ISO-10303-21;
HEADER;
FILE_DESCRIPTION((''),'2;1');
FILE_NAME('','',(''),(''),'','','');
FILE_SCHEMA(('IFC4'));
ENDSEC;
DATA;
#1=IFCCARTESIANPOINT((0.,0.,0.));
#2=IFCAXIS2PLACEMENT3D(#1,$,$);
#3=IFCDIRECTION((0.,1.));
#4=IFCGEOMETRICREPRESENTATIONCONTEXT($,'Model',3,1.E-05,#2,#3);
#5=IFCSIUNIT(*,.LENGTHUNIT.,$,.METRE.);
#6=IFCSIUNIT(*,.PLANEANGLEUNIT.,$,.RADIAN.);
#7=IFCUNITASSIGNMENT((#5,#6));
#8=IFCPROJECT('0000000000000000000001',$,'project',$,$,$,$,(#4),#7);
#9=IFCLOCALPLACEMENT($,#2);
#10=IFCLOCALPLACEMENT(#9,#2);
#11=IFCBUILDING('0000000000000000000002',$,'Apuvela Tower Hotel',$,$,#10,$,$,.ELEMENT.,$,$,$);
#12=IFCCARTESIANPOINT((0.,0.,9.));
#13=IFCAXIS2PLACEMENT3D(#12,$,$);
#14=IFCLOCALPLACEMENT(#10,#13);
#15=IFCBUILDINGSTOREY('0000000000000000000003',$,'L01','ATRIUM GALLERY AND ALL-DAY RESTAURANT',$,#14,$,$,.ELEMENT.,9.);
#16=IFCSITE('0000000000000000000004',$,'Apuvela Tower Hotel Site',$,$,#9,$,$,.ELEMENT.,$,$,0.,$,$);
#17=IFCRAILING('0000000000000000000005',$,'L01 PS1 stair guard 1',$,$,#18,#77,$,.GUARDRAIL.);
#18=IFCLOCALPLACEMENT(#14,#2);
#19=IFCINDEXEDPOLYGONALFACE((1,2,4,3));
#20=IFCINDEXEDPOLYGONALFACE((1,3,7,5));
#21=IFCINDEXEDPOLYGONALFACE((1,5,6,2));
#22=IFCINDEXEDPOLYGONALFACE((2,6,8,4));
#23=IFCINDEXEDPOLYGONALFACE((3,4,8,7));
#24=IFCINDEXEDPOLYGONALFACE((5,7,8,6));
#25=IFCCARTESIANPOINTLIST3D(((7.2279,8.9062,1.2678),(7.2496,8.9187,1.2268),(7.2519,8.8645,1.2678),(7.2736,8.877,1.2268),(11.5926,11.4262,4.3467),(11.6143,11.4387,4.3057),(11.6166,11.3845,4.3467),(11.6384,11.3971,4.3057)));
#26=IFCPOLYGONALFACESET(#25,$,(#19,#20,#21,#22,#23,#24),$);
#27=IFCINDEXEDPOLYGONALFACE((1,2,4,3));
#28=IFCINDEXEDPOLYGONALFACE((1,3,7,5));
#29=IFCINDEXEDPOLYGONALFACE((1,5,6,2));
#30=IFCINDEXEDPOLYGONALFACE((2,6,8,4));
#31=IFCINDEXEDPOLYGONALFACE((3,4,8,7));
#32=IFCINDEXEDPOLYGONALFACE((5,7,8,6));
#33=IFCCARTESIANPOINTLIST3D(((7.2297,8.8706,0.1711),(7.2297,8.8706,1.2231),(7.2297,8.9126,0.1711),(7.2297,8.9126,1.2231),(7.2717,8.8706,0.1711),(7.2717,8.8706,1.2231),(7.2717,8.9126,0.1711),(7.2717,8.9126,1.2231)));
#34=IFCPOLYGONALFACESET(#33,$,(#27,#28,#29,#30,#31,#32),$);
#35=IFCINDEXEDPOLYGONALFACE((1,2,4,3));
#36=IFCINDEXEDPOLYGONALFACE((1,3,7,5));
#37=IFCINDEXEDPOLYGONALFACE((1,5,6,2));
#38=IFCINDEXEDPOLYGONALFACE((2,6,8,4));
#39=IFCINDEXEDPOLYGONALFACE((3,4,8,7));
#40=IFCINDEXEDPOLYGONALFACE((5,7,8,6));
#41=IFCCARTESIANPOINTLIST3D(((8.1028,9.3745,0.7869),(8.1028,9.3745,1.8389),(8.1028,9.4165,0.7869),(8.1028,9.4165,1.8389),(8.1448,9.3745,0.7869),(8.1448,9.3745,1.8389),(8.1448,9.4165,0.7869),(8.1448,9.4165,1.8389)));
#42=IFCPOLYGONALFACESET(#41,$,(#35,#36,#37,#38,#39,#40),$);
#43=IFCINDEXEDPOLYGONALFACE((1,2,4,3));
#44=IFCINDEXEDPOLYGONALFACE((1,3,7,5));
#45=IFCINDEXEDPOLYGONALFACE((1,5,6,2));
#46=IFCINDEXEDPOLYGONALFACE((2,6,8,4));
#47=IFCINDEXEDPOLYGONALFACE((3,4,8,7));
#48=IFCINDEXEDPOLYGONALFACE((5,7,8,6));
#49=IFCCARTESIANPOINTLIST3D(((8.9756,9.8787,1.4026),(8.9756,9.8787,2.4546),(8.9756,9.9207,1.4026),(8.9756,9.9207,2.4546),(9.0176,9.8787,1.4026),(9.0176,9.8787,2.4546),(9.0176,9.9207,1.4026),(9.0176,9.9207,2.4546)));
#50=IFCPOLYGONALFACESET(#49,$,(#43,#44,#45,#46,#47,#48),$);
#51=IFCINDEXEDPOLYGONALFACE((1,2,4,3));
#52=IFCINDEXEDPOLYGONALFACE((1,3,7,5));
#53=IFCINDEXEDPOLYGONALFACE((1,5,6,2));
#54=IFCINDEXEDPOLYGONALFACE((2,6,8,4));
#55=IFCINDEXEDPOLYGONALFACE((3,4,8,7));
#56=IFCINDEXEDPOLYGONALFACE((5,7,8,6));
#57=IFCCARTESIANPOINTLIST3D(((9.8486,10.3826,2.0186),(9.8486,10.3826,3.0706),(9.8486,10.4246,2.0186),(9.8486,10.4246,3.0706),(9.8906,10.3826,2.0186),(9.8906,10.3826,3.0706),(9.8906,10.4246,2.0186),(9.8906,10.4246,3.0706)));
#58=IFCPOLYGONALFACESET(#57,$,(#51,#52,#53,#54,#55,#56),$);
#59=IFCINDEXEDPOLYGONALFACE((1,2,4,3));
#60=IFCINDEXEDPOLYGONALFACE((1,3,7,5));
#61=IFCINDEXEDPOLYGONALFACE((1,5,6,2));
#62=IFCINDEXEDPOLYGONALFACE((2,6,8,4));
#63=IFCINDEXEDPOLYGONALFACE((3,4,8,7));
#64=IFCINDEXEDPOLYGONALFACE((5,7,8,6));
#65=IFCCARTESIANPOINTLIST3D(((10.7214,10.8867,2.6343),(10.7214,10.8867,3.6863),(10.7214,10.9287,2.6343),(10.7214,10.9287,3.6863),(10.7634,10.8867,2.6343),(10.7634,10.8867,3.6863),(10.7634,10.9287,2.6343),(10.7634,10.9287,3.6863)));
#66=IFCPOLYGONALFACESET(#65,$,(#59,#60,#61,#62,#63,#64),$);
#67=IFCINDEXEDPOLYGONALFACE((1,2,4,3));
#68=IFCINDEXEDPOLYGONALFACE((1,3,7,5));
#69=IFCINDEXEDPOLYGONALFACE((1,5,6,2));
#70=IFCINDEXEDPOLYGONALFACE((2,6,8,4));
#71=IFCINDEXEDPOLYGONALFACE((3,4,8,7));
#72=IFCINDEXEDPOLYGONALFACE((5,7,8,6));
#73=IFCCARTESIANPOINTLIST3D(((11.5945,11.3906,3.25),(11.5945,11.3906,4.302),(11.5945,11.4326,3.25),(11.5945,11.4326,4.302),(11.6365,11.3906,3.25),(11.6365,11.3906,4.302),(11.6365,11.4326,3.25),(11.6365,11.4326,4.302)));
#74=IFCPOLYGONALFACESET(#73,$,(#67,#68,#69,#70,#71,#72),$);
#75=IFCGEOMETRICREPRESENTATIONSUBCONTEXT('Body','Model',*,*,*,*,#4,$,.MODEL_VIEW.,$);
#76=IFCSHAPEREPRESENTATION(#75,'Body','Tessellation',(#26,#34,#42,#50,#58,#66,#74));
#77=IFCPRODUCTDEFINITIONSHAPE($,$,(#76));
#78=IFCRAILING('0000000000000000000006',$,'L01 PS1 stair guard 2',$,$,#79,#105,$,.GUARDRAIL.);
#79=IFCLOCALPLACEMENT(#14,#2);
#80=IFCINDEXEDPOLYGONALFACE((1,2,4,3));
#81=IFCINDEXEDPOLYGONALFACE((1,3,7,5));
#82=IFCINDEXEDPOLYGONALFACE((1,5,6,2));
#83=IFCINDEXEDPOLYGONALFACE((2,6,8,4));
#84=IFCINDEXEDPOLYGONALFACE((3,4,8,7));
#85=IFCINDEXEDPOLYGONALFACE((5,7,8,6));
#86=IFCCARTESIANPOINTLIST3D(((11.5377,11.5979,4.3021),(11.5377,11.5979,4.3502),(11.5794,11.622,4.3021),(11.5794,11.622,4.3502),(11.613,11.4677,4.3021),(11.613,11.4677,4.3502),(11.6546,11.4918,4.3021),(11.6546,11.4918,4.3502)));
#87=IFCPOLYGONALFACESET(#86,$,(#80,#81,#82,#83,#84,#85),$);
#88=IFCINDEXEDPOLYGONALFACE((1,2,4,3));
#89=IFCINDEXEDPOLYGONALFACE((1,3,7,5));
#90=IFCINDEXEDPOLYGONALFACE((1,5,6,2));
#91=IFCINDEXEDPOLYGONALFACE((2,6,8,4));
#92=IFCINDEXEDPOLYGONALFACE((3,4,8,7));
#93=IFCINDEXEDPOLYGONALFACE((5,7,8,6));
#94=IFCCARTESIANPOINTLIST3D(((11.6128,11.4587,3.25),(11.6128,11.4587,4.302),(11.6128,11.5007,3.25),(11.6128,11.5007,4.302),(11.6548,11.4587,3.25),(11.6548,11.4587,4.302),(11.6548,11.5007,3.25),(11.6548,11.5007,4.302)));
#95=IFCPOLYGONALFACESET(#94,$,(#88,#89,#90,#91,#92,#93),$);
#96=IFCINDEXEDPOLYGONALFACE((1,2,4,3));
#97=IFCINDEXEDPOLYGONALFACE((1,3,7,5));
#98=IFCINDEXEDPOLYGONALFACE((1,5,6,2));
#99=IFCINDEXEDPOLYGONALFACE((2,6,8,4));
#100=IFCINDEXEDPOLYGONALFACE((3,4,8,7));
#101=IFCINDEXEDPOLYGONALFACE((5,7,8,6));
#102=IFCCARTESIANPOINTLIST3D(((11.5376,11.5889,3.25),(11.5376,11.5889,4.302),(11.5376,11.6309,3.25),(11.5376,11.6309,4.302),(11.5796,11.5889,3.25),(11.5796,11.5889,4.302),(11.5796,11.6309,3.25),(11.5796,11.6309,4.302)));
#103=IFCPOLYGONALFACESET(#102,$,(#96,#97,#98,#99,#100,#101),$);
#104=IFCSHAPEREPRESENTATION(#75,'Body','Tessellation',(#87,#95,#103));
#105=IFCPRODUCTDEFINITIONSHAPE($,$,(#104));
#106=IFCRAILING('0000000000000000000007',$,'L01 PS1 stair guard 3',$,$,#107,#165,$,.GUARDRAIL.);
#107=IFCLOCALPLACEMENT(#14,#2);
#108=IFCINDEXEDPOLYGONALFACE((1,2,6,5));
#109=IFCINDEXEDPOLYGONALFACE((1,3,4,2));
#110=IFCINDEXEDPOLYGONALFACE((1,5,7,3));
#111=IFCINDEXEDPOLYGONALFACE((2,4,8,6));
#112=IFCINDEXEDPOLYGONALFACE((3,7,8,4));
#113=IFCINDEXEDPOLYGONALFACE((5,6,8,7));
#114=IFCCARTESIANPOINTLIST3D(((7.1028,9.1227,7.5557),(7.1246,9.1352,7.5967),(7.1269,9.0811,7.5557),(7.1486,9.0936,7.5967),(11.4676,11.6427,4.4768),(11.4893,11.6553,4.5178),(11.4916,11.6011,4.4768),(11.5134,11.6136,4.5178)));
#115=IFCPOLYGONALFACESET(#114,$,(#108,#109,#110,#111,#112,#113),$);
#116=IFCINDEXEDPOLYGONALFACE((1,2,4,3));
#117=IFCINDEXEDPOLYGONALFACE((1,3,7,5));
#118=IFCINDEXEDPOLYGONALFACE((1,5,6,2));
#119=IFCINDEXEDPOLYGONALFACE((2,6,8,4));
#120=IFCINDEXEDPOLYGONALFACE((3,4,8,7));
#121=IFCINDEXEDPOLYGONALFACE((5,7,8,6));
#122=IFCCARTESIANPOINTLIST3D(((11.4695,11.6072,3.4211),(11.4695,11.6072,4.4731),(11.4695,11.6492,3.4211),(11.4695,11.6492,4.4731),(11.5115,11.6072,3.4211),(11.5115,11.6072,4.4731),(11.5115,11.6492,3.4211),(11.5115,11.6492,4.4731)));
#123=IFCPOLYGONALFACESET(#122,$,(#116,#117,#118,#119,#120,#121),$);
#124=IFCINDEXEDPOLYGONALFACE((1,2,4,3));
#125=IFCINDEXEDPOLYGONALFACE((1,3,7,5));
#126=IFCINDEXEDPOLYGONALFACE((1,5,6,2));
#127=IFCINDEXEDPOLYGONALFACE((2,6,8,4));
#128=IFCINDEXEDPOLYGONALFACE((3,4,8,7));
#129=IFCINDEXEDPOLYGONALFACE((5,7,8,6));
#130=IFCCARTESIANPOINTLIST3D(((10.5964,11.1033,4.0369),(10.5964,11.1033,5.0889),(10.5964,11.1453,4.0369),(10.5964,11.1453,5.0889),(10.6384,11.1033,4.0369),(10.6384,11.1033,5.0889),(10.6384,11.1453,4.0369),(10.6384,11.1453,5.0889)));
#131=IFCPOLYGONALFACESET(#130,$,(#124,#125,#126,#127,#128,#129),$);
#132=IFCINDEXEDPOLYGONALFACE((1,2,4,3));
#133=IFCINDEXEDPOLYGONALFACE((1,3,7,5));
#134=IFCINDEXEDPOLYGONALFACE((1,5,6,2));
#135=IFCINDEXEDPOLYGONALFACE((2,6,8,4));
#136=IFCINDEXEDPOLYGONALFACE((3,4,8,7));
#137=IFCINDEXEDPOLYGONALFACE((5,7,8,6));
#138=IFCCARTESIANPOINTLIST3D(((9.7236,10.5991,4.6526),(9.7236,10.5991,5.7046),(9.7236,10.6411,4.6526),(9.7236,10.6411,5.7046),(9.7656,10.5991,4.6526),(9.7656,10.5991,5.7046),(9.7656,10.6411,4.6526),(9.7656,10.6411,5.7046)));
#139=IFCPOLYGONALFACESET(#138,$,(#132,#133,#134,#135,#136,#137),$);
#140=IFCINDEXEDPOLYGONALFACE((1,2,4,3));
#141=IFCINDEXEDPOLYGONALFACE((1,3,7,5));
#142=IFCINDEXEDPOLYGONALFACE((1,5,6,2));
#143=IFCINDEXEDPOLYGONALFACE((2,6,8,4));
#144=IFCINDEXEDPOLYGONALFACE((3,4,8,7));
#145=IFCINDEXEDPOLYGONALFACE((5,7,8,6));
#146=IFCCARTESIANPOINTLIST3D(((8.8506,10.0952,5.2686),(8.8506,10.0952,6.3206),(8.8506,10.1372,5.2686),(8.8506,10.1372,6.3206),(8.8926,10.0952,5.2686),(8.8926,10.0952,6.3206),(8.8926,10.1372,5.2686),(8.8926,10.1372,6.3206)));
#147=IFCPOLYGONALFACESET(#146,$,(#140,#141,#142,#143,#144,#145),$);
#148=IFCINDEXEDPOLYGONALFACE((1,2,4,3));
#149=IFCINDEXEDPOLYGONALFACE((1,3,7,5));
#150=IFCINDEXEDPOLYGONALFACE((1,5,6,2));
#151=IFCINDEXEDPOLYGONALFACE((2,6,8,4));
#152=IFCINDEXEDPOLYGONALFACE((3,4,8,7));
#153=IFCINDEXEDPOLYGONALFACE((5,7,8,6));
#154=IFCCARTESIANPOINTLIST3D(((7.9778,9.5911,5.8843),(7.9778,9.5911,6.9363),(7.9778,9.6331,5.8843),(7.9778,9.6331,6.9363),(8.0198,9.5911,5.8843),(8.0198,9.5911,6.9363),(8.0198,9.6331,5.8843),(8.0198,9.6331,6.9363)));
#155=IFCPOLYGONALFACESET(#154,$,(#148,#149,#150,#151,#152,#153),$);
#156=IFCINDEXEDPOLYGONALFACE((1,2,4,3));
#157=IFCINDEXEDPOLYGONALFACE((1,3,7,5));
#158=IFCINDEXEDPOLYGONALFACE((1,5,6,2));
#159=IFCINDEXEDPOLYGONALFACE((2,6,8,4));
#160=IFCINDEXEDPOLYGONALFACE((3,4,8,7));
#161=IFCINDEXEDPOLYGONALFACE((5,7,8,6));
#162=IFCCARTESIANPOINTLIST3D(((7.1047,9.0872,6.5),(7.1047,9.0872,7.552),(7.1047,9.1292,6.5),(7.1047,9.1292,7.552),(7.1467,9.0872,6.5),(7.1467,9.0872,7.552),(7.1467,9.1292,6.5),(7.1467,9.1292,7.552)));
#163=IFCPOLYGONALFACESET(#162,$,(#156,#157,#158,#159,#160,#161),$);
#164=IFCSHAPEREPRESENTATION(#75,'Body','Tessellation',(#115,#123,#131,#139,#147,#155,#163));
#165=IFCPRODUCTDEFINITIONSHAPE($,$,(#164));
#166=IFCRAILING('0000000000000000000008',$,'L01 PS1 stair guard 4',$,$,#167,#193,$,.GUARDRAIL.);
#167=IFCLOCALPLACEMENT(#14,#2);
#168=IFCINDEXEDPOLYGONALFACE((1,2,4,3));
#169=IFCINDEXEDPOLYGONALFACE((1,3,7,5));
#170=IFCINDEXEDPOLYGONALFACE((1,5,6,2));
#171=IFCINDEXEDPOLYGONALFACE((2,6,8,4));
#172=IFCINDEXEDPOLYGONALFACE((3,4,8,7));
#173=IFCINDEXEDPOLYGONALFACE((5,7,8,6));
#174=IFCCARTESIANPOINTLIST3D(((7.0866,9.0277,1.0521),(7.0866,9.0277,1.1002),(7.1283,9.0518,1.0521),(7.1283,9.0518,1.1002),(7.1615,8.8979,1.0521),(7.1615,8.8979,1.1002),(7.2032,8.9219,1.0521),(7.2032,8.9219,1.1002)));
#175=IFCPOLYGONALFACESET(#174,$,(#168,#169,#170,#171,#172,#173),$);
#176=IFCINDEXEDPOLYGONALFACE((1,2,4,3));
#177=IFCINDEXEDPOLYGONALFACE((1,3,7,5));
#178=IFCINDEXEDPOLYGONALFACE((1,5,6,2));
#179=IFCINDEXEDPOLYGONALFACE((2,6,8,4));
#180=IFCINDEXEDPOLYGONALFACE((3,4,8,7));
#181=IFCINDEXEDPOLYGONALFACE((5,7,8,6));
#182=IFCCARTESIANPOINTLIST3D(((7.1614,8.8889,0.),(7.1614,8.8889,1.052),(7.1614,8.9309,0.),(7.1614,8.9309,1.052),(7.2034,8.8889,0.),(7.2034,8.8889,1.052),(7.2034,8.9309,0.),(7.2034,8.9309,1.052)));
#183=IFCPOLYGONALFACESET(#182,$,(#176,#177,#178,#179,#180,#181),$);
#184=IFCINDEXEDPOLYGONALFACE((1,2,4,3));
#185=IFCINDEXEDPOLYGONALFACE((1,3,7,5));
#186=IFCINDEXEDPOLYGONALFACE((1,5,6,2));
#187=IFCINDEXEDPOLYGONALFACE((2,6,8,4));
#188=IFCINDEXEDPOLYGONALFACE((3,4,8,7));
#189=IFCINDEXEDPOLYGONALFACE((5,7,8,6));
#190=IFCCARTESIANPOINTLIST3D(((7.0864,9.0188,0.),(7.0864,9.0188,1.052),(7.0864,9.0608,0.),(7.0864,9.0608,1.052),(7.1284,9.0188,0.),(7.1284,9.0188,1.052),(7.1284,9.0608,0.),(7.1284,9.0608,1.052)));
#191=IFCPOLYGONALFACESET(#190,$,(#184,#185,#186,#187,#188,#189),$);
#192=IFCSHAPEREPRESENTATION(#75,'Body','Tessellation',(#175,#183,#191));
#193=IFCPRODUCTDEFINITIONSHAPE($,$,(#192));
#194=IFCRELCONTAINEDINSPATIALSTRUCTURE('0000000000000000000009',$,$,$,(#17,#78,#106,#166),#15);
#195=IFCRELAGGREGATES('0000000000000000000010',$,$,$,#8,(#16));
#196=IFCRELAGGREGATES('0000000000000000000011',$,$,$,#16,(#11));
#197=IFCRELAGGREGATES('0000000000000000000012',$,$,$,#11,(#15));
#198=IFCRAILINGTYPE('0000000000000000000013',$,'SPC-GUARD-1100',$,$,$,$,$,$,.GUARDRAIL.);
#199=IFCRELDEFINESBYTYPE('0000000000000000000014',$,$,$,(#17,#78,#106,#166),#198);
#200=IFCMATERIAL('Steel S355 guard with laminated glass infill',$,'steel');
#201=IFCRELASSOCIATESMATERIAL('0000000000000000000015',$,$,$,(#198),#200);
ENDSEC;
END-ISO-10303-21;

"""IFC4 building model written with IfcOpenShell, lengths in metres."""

from ifc_helpers import new_model, si_unit, direction, frame, origin, origin_2d, place, context, subcontext, project, spatial, rectangle, extrude, material, type_object, element, save


model = new_model("IFC4")

# Units and contexts
model_context = context("Model", 3, precision=1e-05, world=origin(), true_north=direction((0.0, 1.0)))
body_context = subcontext(model_context, "Body", "Model", "MODEL_VIEW")
ifc_project = project(units=[si_unit("LENGTHUNIT", "METRE"), si_unit("PLANEANGLEUNIT", "RADIAN")], contexts=[model_context])

# Site, building, storey
site_placement = place(None, origin())
site = spatial("IfcSite", under=ifc_project, at=site_placement, Name="Apuvela Tower Hotel Site", CompositionType="ELEMENT", RefElevation=0.0)
building_placement = place(site_placement, origin())
building = spatial("IfcBuilding", under=site, at=building_placement, Name="Apuvela Tower Hotel", CompositionType="ELEMENT")
storey_placement = place(building_placement, frame((0.0, 0.0, 9.0)))
storey = spatial("IfcBuildingStorey", under=building, at=storey_placement, Name="L01", Description="ATRIUM GALLERY AND ALL-DAY RESTAURANT", CompositionType="ELEMENT", Elevation=9.0)

# Railings
ifc_material_1 = material(Name="Steel S355 guard with laminated glass infill", Category="steel")
railing_type_1 = type_object("IfcRailingType", Name="SPC-GUARD-1100", PredefinedType="GUARDRAIL", material=ifc_material_1)
railing_1_placement = place(storey_placement, frame((7.2507, 8.8916, 0.1711)))
element("IfcRailing", 1, at=railing_1_placement, inside=storey, type_object=railing_type_1, Name="L01 PS1 stair guard 1", PredefinedType="GUARDRAIL", context=body_context, shape_type="SweptSolid", body=[
    extrude(rectangle(XDim=0.0481, YDim=0.0481, at=origin_2d()), frame((0.0, 0.0, 1.0762), z_axis=(0.739036, 0.426688, 0.52131), x_axis=(-0.500005, 0.866023, 0.0)), (0.0, 0.0, 1.0), 5.906),
    extrude(rectangle(XDim=0.042, YDim=0.042, at=origin_2d()), origin(), (0.0, 0.0, 1.0), 1.052),
    extrude(rectangle(XDim=0.042, YDim=0.042, at=origin_2d()), frame((0.873, 0.5039, 0.6157)), (0.0, 0.0, 1.0), 1.052),
    extrude(rectangle(XDim=0.042, YDim=0.042, at=origin_2d()), frame((1.7458, 1.0081, 1.2314)), (0.0, 0.0, 1.0), 1.052),
    extrude(rectangle(XDim=0.042, YDim=0.042, at=origin_2d()), frame((2.6189, 1.512, 1.8474)), (0.0, 0.0, 1.0), 1.052),
    extrude(rectangle(XDim=0.042, YDim=0.042, at=origin_2d()), frame((3.4917, 2.0161, 2.4631)), (0.0, 0.0, 1.0), 1.052),
    extrude(rectangle(XDim=0.042, YDim=0.042, at=origin_2d()), frame((4.3647, 2.52, 3.0789)), (0.0, 0.0, 1.0), 1.052),
])
railing_2_placement = place(storey_placement, frame((11.6338, 11.4797, 3.25)))
element("IfcRailing", 2, at=railing_2_placement, inside=storey, type_object=railing_type_1, Name="L01 PS1 stair guard 2", PredefinedType="GUARDRAIL", context=body_context, shape_type="SweptSolid", body=[
    extrude(rectangle(XDim=0.0481, YDim=0.0481, at=origin_2d()), frame((0.0, 0.0, 1.0762), z_axis=(-0.500332, 0.865834, 0.0), x_axis=(-0.865834, -0.500332, 0.0)), (0.0, 0.0, 1.0), 0.1504),
    extrude(rectangle(XDim=0.042, YDim=0.042, at=origin_2d()), origin(), (0.0, 0.0, 1.0), 1.052),
    extrude(rectangle(XDim=0.042, YDim=0.042, at=origin_2d()), frame((-0.0752, 0.1301, 0.0)), (0.0, 0.0, 1.0), 1.052),
])
railing_3_placement = place(storey_placement, frame((11.4905, 11.6282, 3.4211)))
element("IfcRailing", 3, at=railing_3_placement, inside=storey, type_object=railing_type_1, Name="L01 PS1 stair guard 3", PredefinedType="GUARDRAIL", context=body_context, shape_type="SweptSolid", body=[
    extrude(rectangle(XDim=0.0481, YDim=0.0481, at=origin_2d()), frame((0.0, 0.0, 1.0762), z_axis=(-0.739036, -0.426688, 0.52131), x_axis=(0.500005, -0.866023, 0.0)), (0.0, 0.0, 1.0), 5.906),
    extrude(rectangle(XDim=0.042, YDim=0.042, at=origin_2d()), origin(), (0.0, 0.0, 1.0), 1.052),
    extrude(rectangle(XDim=0.042, YDim=0.042, at=origin_2d()), frame((-0.873, -0.5039, 0.6157)), (0.0, 0.0, 1.0), 1.052),
    extrude(rectangle(XDim=0.042, YDim=0.042, at=origin_2d()), frame((-1.7458, -1.0081, 1.2314)), (0.0, 0.0, 1.0), 1.052),
    extrude(rectangle(XDim=0.042, YDim=0.042, at=origin_2d()), frame((-2.6189, -1.512, 1.8474)), (0.0, 0.0, 1.0), 1.052),
    extrude(rectangle(XDim=0.042, YDim=0.042, at=origin_2d()), frame((-3.4917, -2.0161, 2.4631)), (0.0, 0.0, 1.0), 1.052),
    extrude(rectangle(XDim=0.042, YDim=0.042, at=origin_2d()), frame((-4.3647, -2.52, 3.0789)), (0.0, 0.0, 1.0), 1.052),
])
railing_4_placement = place(storey_placement, frame((7.1824, 8.9099, 0.0)))
element("IfcRailing", 4, at=railing_4_placement, inside=storey, type_object=railing_type_1, Name="L01 PS1 stair guard 4", PredefinedType="GUARDRAIL", context=body_context, shape_type="SweptSolid", body=[
    extrude(rectangle(XDim=0.0481, YDim=0.0481, at=origin_2d()), frame((0.0, 0.0, 1.0762), z_axis=(-0.499816, 0.866131, 0.0), x_axis=(-0.866131, -0.499816, 0.0)), (0.0, 0.0, 1.0), 0.1499),
    extrude(rectangle(XDim=0.042, YDim=0.042, at=origin_2d()), origin(), (0.0, 0.0, 1.0), 1.052),
    extrude(rectangle(XDim=0.042, YDim=0.042, at=origin_2d()), frame((-0.075, 0.1299, 0.0)), (0.0, 0.0, 1.0), 1.052),
])

save(model, "model.ifc")
